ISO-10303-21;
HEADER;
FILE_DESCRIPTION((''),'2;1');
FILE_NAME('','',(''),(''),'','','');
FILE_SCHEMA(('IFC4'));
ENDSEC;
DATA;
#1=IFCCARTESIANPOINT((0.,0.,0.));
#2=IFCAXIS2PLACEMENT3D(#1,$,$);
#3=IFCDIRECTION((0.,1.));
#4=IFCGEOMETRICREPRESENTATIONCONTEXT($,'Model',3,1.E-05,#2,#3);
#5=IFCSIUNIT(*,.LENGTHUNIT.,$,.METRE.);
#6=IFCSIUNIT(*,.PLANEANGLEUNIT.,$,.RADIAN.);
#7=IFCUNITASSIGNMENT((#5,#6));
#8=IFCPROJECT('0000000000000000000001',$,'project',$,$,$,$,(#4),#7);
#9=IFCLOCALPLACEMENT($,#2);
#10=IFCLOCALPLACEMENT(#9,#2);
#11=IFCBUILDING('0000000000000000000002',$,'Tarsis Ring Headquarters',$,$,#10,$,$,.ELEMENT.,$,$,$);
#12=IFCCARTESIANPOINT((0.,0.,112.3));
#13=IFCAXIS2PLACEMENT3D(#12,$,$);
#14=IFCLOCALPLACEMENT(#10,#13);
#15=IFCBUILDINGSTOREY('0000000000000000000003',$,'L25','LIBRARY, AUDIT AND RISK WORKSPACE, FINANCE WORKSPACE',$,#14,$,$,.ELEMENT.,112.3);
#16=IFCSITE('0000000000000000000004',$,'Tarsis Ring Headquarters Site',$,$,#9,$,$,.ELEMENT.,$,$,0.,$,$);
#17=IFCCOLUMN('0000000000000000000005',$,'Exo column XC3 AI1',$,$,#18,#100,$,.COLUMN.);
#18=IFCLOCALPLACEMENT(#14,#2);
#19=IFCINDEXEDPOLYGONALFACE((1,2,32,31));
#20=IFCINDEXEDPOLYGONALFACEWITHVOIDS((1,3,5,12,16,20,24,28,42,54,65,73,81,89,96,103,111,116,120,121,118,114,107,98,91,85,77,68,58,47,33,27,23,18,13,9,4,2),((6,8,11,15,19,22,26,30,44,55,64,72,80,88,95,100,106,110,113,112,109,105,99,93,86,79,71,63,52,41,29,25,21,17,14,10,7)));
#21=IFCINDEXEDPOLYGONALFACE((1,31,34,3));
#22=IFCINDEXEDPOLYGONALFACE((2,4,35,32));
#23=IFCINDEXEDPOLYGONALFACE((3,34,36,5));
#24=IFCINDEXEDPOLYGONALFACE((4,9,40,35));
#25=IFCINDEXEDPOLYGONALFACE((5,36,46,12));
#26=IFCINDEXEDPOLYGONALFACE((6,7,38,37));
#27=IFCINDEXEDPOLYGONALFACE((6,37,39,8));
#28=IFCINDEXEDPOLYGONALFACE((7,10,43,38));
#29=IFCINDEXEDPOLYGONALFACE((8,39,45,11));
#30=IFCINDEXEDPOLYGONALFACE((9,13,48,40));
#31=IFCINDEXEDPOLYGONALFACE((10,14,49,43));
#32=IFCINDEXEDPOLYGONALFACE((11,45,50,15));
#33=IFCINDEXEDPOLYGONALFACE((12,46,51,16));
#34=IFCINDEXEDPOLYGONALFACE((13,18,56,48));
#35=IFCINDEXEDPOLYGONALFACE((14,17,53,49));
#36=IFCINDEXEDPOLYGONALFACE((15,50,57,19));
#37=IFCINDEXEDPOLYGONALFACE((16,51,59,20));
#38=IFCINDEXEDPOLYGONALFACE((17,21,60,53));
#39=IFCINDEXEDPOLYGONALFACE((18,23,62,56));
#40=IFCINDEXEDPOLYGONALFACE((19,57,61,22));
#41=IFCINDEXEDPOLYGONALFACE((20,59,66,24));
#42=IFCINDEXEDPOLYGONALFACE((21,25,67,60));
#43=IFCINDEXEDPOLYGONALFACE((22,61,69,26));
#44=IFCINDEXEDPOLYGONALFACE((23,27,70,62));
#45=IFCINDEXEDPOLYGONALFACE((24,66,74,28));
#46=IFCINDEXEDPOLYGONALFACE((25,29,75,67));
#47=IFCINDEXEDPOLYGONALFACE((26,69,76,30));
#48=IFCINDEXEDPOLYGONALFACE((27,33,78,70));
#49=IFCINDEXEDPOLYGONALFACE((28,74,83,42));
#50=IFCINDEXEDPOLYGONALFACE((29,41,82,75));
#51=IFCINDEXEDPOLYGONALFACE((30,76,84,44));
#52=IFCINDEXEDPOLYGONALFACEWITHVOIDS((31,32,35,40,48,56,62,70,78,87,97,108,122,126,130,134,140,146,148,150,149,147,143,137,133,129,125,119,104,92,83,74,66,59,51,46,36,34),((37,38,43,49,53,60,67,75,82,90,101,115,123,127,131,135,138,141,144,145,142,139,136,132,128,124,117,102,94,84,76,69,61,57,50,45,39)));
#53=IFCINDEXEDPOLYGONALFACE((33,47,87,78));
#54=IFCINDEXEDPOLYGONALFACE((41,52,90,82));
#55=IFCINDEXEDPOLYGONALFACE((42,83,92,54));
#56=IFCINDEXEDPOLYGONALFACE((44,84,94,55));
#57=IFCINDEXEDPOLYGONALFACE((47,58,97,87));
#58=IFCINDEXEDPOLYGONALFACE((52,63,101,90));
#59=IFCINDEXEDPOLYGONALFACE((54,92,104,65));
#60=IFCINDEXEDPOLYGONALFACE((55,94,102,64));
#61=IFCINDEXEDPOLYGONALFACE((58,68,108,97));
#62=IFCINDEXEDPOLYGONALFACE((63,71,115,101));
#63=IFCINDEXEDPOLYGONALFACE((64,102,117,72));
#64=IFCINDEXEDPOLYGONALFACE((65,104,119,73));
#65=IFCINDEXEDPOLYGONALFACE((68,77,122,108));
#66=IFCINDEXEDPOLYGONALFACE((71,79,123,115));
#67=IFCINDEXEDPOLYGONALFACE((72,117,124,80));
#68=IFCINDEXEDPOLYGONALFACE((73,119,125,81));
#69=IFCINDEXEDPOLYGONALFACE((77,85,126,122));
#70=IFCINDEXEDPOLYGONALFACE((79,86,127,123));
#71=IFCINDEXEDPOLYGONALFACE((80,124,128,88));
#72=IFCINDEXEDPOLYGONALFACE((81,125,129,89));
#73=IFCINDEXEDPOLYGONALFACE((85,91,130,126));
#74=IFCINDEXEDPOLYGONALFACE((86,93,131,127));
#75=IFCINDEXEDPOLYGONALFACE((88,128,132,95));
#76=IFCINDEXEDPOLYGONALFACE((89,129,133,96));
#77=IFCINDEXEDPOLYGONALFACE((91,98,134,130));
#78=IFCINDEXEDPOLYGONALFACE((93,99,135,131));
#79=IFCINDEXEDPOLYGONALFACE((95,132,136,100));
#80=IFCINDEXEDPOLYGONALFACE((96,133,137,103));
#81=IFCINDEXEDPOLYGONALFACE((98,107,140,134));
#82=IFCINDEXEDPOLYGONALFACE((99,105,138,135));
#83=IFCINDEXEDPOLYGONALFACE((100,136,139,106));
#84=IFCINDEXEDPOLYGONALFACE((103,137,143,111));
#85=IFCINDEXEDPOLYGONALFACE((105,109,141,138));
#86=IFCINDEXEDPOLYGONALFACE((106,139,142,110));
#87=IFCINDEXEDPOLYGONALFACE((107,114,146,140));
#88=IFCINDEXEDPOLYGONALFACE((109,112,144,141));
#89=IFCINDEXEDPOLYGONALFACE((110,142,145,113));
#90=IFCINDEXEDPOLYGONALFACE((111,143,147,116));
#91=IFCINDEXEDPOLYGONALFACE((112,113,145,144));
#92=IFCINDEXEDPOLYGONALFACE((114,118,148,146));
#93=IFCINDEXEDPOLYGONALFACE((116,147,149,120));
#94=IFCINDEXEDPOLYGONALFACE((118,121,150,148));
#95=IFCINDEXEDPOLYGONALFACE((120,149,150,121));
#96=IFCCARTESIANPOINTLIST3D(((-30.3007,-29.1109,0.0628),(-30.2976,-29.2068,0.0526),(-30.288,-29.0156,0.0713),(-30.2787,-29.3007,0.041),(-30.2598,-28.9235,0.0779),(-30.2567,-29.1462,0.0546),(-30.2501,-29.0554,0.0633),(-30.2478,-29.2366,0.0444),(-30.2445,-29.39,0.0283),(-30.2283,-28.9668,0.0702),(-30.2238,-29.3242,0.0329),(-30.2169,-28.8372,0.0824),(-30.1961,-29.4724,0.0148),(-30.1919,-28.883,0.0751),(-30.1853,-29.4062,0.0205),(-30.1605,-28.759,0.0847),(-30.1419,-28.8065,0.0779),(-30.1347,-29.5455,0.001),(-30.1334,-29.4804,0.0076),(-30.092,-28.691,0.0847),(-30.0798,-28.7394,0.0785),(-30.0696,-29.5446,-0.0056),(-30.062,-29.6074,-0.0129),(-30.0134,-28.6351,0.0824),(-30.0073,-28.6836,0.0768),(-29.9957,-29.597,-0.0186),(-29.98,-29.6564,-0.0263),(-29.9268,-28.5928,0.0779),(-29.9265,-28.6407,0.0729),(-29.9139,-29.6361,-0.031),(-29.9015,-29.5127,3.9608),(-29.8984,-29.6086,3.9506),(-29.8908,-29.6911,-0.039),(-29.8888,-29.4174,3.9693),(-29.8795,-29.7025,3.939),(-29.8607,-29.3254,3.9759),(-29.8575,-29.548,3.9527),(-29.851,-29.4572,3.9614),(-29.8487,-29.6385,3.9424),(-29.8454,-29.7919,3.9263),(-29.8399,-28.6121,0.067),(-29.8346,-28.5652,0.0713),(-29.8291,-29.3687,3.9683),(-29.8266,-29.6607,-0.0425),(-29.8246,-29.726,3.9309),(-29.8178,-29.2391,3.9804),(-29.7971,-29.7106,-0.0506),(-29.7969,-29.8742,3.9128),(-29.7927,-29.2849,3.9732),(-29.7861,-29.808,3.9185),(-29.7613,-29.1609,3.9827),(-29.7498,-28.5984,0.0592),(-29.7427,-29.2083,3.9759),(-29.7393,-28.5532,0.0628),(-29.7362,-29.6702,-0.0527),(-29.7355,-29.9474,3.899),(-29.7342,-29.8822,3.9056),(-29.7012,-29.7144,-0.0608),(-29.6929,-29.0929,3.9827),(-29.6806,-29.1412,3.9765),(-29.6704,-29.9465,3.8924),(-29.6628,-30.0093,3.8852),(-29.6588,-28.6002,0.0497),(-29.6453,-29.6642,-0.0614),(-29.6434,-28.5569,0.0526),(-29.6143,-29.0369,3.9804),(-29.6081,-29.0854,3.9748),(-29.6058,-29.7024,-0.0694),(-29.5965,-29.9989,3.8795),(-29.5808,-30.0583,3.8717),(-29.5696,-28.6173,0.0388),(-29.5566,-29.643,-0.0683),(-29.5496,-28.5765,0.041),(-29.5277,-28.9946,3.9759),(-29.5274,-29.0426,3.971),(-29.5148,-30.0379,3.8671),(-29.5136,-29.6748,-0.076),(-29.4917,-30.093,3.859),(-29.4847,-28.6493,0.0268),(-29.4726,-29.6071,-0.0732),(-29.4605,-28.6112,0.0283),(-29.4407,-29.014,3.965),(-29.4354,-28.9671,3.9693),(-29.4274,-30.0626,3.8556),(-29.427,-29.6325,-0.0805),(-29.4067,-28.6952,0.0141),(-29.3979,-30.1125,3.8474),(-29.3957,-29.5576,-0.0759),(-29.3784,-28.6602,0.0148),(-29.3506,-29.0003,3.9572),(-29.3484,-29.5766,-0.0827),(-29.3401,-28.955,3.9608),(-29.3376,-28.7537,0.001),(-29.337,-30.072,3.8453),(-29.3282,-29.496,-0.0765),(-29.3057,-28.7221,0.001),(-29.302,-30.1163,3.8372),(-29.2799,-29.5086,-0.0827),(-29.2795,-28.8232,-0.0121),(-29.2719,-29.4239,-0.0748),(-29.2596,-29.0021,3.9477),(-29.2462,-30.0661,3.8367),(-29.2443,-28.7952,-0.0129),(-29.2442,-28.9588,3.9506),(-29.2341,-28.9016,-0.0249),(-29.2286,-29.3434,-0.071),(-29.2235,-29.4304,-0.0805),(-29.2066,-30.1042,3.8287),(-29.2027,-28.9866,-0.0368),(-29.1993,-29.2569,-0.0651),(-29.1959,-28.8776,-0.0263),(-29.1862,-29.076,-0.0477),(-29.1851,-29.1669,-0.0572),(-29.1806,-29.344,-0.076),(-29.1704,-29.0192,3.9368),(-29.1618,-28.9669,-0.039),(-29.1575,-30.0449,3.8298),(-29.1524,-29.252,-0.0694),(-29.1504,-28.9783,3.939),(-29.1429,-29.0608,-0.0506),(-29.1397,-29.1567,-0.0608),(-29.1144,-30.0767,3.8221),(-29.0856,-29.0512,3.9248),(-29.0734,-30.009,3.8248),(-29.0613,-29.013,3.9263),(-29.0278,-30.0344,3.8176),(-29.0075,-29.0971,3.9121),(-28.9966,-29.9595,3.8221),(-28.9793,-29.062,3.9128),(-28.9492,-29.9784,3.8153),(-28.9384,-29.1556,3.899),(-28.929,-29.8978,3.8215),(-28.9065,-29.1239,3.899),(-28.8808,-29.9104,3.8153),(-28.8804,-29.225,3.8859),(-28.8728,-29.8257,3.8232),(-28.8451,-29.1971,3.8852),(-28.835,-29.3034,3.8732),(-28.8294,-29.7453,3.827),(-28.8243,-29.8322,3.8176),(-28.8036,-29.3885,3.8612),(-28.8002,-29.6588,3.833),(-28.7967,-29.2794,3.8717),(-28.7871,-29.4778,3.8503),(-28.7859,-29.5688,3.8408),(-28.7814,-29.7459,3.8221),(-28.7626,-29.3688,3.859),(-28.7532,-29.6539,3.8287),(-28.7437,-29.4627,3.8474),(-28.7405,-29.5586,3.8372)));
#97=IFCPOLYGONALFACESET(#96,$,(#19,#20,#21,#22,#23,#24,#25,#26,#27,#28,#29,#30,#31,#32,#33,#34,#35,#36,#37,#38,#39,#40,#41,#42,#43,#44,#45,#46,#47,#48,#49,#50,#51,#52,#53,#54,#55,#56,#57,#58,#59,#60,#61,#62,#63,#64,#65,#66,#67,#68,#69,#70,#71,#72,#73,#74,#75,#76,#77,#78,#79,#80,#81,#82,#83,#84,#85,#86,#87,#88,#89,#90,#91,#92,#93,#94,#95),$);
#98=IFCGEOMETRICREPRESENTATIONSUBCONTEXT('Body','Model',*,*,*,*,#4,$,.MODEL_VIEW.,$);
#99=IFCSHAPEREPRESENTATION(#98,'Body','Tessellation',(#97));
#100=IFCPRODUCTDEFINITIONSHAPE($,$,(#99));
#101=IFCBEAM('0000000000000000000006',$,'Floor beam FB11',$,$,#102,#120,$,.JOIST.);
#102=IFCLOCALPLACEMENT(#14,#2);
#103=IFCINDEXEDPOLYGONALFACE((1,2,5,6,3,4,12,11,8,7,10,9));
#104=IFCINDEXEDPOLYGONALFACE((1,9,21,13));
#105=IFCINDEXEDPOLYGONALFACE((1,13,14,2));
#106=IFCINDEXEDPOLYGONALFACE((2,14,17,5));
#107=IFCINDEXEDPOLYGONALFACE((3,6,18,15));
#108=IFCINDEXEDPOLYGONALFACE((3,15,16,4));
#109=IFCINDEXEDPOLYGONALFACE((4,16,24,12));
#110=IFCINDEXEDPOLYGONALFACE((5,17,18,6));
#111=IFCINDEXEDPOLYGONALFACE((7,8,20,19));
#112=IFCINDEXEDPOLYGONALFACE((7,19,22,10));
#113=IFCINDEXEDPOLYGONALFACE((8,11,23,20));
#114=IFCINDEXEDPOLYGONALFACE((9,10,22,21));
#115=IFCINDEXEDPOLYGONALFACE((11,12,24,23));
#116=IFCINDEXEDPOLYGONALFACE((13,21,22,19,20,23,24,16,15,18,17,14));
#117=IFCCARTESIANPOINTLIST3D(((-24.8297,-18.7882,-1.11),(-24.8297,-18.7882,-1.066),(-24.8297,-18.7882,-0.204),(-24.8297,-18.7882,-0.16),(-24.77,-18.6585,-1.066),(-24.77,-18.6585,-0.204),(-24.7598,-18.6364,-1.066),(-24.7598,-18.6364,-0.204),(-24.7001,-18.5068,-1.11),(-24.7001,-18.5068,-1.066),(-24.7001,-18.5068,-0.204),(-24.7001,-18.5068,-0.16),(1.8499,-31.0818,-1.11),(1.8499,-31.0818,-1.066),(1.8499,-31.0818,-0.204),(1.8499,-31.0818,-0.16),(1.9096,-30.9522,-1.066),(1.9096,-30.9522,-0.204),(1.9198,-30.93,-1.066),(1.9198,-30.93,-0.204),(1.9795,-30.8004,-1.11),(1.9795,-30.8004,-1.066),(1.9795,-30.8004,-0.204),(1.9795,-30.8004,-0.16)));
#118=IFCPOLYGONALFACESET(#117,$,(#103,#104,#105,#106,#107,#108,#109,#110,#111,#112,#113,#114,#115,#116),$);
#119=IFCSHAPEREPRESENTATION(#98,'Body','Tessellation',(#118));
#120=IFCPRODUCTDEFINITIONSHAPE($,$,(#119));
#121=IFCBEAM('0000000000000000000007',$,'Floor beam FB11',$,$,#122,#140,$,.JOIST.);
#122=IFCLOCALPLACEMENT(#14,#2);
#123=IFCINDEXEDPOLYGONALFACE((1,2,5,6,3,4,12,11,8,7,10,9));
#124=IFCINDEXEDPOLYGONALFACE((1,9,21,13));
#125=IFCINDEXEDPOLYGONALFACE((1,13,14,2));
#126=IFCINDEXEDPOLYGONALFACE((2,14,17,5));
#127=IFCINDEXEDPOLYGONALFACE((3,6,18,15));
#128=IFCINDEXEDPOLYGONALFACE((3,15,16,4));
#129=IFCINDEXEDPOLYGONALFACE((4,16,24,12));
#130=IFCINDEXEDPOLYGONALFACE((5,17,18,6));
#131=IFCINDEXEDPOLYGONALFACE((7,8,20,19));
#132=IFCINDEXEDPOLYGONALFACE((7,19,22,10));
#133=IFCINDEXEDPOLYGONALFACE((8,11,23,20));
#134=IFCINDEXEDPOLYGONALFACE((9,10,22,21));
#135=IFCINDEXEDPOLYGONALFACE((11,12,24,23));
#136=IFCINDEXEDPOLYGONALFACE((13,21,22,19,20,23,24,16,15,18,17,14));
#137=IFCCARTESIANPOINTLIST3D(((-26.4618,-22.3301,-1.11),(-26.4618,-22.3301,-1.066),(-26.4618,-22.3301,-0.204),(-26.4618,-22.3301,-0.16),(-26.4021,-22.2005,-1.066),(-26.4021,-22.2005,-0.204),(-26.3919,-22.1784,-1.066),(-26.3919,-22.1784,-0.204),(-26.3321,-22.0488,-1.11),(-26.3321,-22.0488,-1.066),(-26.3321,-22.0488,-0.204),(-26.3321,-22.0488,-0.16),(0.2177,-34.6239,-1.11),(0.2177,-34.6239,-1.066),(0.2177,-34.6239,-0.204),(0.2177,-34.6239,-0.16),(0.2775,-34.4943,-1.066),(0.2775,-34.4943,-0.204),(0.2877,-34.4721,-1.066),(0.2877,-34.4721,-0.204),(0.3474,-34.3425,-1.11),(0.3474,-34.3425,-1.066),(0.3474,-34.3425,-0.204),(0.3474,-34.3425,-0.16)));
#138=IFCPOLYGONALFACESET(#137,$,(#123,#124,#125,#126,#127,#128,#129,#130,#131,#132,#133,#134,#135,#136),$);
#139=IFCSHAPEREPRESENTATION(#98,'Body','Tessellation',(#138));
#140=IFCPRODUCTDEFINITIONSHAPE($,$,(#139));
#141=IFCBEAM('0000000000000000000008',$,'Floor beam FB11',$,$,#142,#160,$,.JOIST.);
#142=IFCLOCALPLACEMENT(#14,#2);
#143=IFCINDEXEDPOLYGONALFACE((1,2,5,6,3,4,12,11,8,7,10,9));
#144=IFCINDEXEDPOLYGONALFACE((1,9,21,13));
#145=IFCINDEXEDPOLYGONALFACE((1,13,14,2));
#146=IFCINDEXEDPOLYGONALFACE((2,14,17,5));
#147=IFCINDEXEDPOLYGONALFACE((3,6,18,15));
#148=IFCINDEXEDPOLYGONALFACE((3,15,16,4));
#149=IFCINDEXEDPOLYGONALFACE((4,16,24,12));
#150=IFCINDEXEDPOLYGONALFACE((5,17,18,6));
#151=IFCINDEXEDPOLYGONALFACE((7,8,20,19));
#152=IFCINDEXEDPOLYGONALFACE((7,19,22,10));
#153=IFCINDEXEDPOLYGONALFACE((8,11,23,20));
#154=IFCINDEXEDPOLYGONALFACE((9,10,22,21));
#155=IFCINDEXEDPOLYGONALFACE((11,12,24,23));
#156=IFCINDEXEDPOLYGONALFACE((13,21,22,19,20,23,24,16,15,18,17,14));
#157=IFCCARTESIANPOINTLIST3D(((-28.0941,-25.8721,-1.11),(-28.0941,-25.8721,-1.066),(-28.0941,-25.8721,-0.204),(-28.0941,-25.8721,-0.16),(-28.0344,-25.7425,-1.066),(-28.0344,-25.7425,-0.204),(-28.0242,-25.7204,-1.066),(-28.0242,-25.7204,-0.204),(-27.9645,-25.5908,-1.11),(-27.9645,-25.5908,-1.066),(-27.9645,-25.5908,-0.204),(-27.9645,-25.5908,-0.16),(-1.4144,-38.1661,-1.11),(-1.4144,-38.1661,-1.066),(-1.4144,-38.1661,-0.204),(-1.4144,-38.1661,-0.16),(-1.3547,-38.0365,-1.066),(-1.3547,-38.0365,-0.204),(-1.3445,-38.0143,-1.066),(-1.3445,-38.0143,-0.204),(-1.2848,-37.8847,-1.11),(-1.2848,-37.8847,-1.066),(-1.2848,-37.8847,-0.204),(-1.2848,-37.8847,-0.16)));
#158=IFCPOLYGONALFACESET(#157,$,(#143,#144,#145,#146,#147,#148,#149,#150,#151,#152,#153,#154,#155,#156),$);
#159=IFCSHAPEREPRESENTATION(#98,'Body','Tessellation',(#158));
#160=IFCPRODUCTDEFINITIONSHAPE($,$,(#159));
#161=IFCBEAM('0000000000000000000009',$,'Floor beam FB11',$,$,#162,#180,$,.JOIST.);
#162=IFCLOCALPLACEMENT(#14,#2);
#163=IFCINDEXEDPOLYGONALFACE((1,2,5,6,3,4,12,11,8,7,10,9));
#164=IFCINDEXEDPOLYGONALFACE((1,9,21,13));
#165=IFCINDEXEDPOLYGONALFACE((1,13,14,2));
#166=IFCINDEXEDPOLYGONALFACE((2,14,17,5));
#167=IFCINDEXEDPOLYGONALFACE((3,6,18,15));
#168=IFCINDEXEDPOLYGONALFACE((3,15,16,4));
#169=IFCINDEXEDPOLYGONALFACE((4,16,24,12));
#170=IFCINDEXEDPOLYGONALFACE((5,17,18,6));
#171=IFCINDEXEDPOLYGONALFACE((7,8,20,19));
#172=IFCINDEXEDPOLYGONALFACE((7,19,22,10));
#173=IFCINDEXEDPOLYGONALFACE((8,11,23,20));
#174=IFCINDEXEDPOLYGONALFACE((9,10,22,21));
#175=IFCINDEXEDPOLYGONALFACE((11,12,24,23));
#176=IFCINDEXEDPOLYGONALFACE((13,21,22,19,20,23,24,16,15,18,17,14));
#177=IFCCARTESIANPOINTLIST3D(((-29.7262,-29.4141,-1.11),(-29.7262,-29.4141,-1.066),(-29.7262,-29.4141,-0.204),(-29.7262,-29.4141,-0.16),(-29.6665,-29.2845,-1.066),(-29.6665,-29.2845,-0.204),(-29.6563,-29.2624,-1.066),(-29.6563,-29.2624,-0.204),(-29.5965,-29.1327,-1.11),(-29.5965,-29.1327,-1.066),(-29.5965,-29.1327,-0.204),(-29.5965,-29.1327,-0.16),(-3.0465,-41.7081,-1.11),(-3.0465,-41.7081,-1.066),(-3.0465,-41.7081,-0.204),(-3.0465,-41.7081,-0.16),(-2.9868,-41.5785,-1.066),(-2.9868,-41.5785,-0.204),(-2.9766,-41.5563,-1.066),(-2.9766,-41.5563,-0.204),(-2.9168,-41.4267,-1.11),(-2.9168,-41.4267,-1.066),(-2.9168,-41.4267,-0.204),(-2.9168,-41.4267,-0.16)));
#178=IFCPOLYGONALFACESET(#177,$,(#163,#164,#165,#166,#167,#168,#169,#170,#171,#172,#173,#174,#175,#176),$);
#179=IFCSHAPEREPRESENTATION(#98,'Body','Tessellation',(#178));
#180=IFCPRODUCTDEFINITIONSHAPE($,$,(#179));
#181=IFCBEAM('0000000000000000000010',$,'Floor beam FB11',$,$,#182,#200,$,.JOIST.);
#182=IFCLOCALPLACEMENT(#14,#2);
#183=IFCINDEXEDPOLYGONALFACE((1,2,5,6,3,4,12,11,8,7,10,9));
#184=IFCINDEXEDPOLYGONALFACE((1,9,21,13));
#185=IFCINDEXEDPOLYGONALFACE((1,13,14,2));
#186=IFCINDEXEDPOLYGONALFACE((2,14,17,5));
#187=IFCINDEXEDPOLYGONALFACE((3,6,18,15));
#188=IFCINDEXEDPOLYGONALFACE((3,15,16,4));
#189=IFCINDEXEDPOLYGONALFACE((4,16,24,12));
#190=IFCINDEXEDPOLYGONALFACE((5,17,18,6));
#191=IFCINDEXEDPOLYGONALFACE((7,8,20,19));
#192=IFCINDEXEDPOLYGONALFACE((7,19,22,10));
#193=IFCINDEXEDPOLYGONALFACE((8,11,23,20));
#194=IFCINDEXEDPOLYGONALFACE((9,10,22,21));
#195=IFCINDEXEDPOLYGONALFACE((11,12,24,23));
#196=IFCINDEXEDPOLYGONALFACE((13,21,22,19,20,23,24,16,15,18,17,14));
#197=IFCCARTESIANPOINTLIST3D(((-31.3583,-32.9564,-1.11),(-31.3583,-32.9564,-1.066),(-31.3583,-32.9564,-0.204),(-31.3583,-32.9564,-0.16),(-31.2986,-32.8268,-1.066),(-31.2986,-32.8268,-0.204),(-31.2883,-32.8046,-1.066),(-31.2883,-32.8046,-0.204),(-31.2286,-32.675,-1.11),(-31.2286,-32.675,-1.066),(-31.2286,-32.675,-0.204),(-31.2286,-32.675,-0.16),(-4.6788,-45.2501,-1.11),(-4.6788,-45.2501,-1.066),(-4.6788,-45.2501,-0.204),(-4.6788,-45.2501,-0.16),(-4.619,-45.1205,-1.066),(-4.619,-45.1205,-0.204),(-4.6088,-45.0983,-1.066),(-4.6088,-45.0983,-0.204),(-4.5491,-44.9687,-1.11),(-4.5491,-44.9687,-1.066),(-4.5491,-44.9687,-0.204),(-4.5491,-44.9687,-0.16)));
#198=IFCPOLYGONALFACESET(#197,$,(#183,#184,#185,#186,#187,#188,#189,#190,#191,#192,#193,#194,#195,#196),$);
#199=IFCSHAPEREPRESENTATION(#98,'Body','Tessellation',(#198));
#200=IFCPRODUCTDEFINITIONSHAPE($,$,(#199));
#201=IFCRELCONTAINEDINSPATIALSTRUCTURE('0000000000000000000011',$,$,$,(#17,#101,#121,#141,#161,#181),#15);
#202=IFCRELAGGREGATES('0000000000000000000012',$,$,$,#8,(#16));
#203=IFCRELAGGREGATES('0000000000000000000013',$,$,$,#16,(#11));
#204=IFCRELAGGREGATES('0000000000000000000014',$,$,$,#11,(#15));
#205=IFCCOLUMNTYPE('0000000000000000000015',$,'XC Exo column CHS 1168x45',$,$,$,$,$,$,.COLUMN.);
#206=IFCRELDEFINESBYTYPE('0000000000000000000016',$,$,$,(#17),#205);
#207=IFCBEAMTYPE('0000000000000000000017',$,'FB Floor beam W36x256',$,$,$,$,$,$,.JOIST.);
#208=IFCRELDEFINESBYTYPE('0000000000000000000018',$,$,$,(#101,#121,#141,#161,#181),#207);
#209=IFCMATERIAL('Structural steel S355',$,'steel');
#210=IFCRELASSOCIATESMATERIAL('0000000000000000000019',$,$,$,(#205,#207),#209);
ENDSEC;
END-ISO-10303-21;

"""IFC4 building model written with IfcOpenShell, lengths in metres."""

from ifc_helpers import new_model, si_unit, direction, frame, origin, origin_2d, place, context, subcontext, project, spatial, hollow_circle, i_section, extrude, material, material_profile, profile_set, type_object, element, save


model = new_model("IFC4")

# Units and contexts
model_context = context("Model", 3, precision=1e-05, world=origin(), true_north=direction((0.0, 1.0)))
body_context = subcontext(model_context, "Body", "Model", "MODEL_VIEW")
ifc_project = project(units=[si_unit("LENGTHUNIT", "METRE"), si_unit("PLANEANGLEUNIT", "RADIAN")], contexts=[model_context])

# Site, building, storey
site_placement = place(None, origin())
site = spatial("IfcSite", under=ifc_project, at=site_placement, Name="Tarsis Ring Headquarters Site", CompositionType="ELEMENT", RefElevation=0.0)
building_placement = place(site_placement, origin())
building = spatial("IfcBuilding", under=site, at=building_placement, Name="Tarsis Ring Headquarters", CompositionType="ELEMENT")
storey_placement = place(building_placement, frame((0.0, 0.0, 112.3)))
storey = spatial("IfcBuildingStorey", under=building, at=storey_placement, Name="L25", Description="LIBRARY, AUDIT AND RISK WORKSPACE, FINANCE WORKSPACE", CompositionType="ELEMENT", Elevation=112.3)

# Column
ifc_material_1 = material(Name="Structural steel S355", Category="steel")
ifc_material_profile_1 = material_profile(ifc_material_1, hollow_circle(Radius=0.5842, WallThickness=0.0449, at=origin_2d()), Name="CHS 1168x45")
ifc_profile_set_1 = profile_set([ifc_material_profile_1], Name="Structural steel S355")
column_type = type_object("IfcColumnType", Name="XC Exo column CHS 1168x45", PredefinedType="COLUMN", material=ifc_profile_set_1)
column_placement = place(storey_placement, frame((-29.7202, -29.1338, 0.001), z_axis=(0.101341, -0.102023, 0.989607), x_axis=(0.709473, 0.704732, 0.0)))
element("IfcColumn", 1, at=column_placement, inside=storey, type_object=column_type, Name="Exo column XC3 AI1", PredefinedType="COLUMN", context=body_context, shape_type="SweptSolid", body=[
    extrude(hollow_circle(Radius=0.5842, WallThickness=0.0449, at=origin_2d()), origin(), (0.0, 0.0, 1.0), 3.939),
])

# Beams
ifc_material_profile_2 = material_profile(ifc_material_1, i_section(OverallWidth=0.3098, OverallDepth=0.95, WebThickness=0.0244, FlangeThickness=0.0439, at=origin_2d()), Name="W36x256")
ifc_profile_set_2 = profile_set([ifc_material_profile_2], Name="Structural steel S355")
beam_type_1 = type_object("IfcBeamType", Name="FB Floor beam W36x256", PredefinedType="JOIST", material=ifc_profile_set_2)
for number, where, z_axis, x_axis, name in (
    (2, (-24.7649, -18.6475, -0.635), (0.908218, -0.418497, 0.0), (0.418497, 0.908218, 0.0), "Floor beam FB11"),
    (3, (-26.397, -22.1895, -0.635), (0.908217, -0.4185, 0.0), (0.4185, 0.908217, 0.0), "Floor beam FB11"),
):
    element("IfcBeam", number, at=place(storey_placement, frame(where, z_axis=z_axis, x_axis=x_axis)), inside=storey, type_object=beam_type_1, Name=name, PredefinedType="JOIST", context=body_context, shape_type="SweptSolid", body=[
        extrude(i_section(OverallWidth=0.3098, OverallDepth=0.95, WebThickness=0.0244, FlangeThickness=0.0439, at=origin_2d()), origin(), (0.0, 0.0, 1.0), 29.3757),
    ])
for number, where, z_axis, x_axis, name in (
    (4, (-28.0293, -25.7314, -0.635), (0.908215, -0.418504, 0.0), (0.418504, 0.908215, 0.0), "Floor beam FB11"),
    (5, (-29.6614, -29.2734, -0.635), (0.908215, -0.418504, 0.0), (0.418504, 0.908215, 0.0), "Floor beam FB11"),
):
    element("IfcBeam", number, at=place(storey_placement, frame(where, z_axis=z_axis, x_axis=x_axis)), inside=storey, type_object=beam_type_1, Name=name, PredefinedType="JOIST", context=body_context, shape_type="SweptSolid", body=[
        extrude(i_section(OverallWidth=0.3098, OverallDepth=0.95, WebThickness=0.0244, FlangeThickness=0.0439, at=origin_2d()), origin(), (0.0, 0.0, 1.0), 29.376),
    ])
beam_placement = place(storey_placement, frame((-31.2935, -32.8157, -0.635), z_axis=(0.908217, -0.4185, 0.0), x_axis=(0.4185, 0.908217, 0.0)))
element("IfcBeam", 6, at=beam_placement, inside=storey, type_object=beam_type_1, Name="Floor beam FB11", PredefinedType="JOIST", context=body_context, shape_type="SweptSolid", body=[
    extrude(i_section(OverallWidth=0.3098, OverallDepth=0.95, WebThickness=0.0244, FlangeThickness=0.0439, at=origin_2d()), origin(), (0.0, 0.0, 1.0), 29.3757),
])

save(model, "model.ifc")
